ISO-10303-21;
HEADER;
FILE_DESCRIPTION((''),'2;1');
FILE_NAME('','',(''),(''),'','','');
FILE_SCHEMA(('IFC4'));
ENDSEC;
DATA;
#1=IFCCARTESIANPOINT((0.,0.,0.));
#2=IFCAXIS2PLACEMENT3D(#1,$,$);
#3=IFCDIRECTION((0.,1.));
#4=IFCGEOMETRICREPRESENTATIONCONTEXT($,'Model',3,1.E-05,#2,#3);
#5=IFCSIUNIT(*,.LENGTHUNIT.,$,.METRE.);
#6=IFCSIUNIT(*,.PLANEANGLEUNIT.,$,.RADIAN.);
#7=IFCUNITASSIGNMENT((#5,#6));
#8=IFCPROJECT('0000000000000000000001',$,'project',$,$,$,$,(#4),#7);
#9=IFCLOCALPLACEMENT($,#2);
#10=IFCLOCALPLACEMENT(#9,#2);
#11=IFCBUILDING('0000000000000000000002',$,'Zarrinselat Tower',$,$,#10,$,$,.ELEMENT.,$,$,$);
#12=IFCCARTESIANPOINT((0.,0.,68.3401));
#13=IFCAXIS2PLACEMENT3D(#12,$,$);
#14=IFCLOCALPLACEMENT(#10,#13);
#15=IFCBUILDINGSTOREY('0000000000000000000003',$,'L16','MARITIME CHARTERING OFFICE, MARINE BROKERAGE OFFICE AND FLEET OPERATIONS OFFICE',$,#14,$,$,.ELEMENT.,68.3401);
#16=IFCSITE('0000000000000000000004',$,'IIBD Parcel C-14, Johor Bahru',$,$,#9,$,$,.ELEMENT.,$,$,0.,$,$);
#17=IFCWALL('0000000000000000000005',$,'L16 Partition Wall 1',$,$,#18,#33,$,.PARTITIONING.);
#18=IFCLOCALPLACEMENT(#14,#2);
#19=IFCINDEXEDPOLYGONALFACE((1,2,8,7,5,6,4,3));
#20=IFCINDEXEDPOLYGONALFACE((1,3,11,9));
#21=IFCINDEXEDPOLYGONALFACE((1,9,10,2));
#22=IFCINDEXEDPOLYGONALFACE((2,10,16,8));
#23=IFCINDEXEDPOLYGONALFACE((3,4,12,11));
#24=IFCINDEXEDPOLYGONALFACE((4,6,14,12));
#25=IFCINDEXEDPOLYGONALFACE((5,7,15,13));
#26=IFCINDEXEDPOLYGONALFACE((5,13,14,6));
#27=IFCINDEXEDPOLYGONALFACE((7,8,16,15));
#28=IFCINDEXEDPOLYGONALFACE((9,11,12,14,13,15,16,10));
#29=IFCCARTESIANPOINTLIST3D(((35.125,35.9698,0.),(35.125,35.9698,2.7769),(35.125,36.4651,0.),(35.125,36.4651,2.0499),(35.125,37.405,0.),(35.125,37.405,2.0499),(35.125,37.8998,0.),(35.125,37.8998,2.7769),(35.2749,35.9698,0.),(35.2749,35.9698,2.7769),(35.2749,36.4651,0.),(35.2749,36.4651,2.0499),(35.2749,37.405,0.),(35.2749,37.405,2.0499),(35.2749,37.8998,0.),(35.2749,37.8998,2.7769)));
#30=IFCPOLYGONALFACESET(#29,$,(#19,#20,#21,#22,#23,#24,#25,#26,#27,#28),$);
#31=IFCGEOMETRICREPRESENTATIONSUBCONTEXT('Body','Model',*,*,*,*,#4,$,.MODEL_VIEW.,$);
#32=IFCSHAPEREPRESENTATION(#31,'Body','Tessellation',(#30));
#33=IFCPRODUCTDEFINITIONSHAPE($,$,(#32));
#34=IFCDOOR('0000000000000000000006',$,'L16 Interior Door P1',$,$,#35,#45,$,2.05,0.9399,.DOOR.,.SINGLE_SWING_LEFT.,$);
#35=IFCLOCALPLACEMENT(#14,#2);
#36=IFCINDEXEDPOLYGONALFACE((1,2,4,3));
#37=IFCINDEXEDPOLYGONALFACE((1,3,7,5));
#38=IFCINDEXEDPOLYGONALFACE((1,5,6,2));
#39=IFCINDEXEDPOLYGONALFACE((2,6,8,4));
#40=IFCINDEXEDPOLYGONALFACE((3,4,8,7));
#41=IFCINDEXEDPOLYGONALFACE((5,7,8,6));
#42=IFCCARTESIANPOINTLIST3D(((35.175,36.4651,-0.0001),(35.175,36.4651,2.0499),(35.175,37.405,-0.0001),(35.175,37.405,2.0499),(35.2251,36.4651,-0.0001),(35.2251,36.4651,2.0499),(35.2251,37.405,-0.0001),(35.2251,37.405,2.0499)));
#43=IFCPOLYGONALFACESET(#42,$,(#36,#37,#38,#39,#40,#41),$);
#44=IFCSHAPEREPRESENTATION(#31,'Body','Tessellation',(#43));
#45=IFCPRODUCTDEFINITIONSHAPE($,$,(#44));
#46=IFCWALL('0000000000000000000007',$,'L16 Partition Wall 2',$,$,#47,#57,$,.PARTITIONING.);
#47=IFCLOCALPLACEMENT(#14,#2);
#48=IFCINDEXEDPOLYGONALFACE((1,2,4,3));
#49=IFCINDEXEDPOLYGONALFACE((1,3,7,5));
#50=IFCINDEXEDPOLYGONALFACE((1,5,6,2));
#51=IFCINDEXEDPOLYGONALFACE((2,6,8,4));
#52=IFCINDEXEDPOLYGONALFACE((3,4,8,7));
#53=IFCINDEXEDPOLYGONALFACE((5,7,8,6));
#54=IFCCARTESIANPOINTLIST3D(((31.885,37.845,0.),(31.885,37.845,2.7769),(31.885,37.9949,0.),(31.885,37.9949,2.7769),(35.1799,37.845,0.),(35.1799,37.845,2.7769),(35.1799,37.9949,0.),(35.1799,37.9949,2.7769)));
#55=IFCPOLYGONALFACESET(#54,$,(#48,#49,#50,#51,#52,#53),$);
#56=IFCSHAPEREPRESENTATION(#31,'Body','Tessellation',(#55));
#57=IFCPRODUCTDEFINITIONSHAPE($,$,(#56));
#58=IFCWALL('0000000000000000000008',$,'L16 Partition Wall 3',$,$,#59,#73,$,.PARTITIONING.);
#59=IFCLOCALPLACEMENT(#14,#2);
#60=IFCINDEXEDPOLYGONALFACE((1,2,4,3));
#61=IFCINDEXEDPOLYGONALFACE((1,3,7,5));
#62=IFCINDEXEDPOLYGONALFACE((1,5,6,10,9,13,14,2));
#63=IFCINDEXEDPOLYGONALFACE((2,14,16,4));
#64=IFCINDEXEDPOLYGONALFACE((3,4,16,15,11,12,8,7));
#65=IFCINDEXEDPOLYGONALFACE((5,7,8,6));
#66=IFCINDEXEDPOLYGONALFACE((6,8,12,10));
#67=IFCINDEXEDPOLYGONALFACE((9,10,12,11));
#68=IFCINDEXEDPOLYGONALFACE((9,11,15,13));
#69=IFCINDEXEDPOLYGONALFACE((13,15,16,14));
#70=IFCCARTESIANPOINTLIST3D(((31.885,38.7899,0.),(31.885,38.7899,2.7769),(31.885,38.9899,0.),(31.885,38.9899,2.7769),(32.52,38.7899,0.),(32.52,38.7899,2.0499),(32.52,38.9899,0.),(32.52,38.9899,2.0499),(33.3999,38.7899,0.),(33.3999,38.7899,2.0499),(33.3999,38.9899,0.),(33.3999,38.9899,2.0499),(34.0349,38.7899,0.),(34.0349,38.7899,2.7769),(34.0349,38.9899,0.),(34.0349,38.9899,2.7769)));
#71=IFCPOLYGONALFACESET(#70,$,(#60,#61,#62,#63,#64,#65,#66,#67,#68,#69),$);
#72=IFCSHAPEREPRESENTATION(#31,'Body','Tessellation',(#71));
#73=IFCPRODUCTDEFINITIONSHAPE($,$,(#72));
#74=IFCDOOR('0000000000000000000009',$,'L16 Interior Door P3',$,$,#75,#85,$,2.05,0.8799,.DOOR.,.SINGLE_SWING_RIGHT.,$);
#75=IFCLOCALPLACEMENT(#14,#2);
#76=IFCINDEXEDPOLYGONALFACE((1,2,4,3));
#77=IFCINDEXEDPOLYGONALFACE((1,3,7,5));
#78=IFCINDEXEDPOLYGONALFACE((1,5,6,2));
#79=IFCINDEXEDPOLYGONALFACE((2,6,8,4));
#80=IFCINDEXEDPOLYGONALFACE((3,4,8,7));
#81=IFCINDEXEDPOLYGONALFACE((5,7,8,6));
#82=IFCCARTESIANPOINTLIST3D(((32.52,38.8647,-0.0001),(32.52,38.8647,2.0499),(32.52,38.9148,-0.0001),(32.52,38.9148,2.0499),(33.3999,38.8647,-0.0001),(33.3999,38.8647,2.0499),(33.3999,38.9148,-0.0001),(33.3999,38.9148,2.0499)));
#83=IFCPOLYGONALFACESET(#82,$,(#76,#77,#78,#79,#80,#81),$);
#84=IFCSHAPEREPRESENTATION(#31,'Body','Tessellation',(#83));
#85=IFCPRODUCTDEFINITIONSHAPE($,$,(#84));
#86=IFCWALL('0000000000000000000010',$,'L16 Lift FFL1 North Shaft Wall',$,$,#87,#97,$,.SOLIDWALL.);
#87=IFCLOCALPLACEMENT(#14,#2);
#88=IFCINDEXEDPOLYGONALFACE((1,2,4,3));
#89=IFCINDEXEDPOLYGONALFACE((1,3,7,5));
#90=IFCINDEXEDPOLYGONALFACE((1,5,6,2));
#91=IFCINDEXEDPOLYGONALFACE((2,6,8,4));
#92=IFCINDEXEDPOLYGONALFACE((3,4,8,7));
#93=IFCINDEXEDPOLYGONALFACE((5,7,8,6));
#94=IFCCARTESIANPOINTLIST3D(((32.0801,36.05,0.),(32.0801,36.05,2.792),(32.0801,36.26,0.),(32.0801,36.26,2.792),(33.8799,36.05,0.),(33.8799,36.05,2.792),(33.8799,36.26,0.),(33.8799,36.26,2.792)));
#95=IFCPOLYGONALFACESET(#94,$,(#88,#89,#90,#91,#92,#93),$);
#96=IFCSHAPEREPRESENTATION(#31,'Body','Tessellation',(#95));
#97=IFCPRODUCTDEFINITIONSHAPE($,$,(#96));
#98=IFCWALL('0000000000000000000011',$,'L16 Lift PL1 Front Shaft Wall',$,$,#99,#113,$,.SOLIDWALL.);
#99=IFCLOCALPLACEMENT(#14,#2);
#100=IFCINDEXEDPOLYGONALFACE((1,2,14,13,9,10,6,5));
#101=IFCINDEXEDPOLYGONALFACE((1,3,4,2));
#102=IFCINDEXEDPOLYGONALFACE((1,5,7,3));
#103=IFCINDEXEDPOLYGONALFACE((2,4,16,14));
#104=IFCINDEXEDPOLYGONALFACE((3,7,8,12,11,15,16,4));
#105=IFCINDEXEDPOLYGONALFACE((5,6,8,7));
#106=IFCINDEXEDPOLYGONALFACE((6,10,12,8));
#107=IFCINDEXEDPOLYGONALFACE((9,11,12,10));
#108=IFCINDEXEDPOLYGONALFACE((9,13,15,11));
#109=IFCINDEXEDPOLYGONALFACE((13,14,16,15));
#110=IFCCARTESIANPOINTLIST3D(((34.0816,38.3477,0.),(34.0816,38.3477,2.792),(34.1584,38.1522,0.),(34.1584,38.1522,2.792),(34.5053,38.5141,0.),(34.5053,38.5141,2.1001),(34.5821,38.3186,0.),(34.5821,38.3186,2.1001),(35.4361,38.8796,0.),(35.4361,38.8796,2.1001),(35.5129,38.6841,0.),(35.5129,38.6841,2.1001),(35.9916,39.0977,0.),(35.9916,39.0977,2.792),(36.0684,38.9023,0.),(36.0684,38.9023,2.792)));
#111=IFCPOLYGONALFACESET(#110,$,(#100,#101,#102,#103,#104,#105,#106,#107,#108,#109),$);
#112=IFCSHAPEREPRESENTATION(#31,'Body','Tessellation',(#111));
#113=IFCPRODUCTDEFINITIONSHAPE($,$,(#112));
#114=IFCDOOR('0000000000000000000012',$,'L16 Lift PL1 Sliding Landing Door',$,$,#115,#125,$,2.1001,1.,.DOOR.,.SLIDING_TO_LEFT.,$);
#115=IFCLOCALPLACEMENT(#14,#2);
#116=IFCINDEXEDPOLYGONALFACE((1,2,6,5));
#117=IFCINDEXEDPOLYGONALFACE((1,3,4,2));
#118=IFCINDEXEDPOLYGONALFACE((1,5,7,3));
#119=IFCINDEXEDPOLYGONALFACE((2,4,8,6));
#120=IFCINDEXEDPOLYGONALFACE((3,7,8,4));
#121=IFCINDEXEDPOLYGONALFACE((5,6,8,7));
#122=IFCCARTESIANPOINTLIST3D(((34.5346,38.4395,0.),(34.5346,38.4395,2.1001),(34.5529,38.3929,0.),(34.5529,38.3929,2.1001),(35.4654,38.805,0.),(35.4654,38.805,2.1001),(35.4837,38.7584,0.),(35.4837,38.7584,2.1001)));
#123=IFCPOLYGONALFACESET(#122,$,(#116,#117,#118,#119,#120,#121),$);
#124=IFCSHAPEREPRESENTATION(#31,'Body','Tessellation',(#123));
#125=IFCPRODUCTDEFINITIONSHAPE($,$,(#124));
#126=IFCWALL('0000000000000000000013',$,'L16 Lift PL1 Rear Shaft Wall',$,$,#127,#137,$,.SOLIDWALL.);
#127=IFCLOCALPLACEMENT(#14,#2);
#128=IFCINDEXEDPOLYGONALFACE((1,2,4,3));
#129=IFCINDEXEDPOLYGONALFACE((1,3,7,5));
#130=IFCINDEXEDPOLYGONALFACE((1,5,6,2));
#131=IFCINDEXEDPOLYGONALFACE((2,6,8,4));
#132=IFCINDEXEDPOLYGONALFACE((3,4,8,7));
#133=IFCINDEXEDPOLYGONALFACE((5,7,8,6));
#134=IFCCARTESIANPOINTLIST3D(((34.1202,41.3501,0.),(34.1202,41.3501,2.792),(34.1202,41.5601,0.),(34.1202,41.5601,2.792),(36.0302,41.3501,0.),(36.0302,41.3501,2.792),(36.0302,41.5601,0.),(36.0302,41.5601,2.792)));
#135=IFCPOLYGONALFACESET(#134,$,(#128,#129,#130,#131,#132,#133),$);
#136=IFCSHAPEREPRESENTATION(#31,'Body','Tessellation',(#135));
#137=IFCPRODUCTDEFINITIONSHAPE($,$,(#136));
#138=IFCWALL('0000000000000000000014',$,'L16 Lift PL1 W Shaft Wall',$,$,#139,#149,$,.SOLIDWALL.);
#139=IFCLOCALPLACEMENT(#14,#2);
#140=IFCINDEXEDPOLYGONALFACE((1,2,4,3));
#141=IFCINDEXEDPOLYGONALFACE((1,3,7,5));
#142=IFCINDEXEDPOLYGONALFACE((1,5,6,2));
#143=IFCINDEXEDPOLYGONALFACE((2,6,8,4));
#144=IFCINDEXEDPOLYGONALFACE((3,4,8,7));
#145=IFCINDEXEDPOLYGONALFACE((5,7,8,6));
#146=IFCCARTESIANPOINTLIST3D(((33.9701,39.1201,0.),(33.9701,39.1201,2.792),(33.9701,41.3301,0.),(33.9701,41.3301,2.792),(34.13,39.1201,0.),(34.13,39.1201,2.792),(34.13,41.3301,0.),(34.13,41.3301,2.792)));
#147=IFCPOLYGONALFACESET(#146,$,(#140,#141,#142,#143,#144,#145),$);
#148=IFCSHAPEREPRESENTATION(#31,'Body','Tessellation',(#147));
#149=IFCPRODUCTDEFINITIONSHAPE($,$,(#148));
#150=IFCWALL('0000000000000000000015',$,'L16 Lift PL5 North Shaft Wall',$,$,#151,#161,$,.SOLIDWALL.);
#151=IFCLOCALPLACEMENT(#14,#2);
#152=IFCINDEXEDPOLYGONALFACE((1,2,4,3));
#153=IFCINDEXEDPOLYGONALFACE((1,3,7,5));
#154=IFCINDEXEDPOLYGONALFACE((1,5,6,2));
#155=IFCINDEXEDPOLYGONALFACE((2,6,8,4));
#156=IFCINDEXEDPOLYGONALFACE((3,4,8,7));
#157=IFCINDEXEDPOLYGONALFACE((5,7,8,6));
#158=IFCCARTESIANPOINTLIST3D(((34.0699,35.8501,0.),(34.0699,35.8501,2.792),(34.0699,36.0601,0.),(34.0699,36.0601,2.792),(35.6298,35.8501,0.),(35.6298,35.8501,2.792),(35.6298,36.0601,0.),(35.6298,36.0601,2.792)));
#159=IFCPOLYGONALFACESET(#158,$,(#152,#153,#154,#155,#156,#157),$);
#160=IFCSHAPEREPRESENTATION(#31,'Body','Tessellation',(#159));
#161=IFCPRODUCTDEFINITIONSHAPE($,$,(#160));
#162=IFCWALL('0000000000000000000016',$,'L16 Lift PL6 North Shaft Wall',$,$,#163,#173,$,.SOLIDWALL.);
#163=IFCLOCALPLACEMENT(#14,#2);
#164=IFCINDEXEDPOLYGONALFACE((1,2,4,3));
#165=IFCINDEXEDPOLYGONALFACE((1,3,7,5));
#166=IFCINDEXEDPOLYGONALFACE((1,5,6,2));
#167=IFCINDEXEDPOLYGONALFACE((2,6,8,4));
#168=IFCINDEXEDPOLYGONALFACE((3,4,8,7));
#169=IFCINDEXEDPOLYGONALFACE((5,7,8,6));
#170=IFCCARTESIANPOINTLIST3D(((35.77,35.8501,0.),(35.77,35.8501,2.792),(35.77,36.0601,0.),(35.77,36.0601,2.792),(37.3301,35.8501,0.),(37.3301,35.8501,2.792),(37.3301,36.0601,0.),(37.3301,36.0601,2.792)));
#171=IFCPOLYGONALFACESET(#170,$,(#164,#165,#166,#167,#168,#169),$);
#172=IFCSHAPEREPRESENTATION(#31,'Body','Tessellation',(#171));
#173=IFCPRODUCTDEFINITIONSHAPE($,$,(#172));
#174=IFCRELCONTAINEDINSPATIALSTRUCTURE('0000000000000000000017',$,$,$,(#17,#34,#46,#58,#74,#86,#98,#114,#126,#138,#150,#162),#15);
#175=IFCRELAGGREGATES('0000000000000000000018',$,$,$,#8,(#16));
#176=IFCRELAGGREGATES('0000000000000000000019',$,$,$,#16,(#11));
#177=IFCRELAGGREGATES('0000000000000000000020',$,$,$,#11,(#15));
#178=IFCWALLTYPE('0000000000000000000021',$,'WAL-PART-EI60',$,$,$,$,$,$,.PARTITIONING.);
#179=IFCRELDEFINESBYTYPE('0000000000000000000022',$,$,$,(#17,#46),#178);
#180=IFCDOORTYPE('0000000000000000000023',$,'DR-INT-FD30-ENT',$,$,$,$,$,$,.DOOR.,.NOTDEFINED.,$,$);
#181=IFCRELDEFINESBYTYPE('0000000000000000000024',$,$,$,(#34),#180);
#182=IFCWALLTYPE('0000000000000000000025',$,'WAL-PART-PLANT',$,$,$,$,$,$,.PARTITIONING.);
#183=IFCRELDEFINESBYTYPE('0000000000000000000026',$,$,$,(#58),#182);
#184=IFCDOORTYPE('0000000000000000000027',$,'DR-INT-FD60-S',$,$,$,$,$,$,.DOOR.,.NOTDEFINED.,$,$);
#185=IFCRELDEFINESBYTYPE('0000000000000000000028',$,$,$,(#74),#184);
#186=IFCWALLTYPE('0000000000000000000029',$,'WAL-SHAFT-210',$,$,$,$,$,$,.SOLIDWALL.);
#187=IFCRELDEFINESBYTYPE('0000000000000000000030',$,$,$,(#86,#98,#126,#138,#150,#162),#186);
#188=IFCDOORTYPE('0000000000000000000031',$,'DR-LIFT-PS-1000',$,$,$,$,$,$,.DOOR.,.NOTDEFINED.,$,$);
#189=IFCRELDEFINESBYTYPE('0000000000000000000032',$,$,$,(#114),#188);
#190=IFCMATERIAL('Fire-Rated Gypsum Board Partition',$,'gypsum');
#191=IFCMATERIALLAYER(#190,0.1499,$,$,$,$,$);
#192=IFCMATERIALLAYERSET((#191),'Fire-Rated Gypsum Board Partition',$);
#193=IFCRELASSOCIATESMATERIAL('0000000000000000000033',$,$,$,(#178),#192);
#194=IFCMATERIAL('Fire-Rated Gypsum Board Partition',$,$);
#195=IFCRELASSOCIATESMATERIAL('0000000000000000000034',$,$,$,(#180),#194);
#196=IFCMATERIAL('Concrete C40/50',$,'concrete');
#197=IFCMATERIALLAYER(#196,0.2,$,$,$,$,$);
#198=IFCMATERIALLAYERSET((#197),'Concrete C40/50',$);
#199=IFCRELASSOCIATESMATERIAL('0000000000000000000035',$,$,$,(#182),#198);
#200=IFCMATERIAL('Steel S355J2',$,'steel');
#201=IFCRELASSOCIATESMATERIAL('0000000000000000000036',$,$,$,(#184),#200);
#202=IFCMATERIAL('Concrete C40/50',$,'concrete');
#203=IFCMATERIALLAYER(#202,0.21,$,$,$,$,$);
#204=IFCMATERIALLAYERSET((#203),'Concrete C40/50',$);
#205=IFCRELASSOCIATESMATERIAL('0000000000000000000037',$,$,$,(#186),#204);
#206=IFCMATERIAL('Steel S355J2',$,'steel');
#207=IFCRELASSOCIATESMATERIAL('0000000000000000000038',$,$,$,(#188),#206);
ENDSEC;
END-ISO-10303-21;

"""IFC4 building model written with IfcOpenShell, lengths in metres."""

from ifc_helpers import new_model, si_unit, direction, frame, frame_2d, origin, place, context, subcontext, project, spatial, rectangle, extrude, material, layer, layer_set, type_object, element, fill, save


model = new_model("IFC4")

# Units and contexts
model_context = context("Model", 3, precision=1e-05, world=origin(), true_north=direction((0.0, 1.0)))
body_context = subcontext(model_context, "Body", "Model", "MODEL_VIEW")
ifc_project = project(units=[si_unit("LENGTHUNIT", "METRE"), si_unit("PLANEANGLEUNIT", "RADIAN")], contexts=[model_context])

# Site, building, storey
site_placement = place(None, origin())
site = spatial("IfcSite", under=ifc_project, at=site_placement, Name="IIBD Parcel C-14, Johor Bahru", CompositionType="ELEMENT", RefElevation=0.0)
building_placement = place(site_placement, origin())
building = spatial("IfcBuilding", under=site, at=building_placement, Name="Zarrinselat Tower", CompositionType="ELEMENT")
storey_placement = place(building_placement, frame((0.0, 0.0, 68.3401)))
storey = spatial("IfcBuildingStorey", under=building, at=storey_placement, Name="L16", Description="MARITIME CHARTERING OFFICE, MARINE BROKERAGE OFFICE AND FLEET OPERATIONS OFFICE", CompositionType="ELEMENT", Elevation=68.3401)

# Wall, opening, door
ifc_material_1 = material(Name="Fire-Rated Gypsum Board Partition", Category="gypsum")
ifc_layer_1 = layer(ifc_material_1, 0.1499)
ifc_layer_set_1 = layer_set([ifc_layer_1], Name="Fire-Rated Gypsum Board Partition")
wall_type_1 = type_object("IfcWallType", Name="WAL-PART-EI60", PredefinedType="PARTITIONING", material=ifc_layer_set_1)
wall_1_placement = place(storey_placement, frame((35.2, 35.97, 0.0), z_axis=(0.0, 0.0, 1.0), x_axis=(0.0, 1.0, 0.0)))
wall_1 = element("IfcWall", 1, at=wall_1_placement, inside=storey, type_object=wall_type_1, Name="L16 Partition Wall 1", PredefinedType="PARTITIONING", context=body_context, shape_type="SweptSolid", body=[
    extrude(rectangle(XDim=1.9299, YDim=0.1499, at=frame_2d((0.9648, 0.0))), origin(), (0.0, 0.0, 1.0), 2.7769),
])
opening_1_placement = place(wall_1_placement, frame((0.4951, 0.0, 0.0)))
opening_1 = element("IfcOpeningElement", 2, at=opening_1_placement, cuts=wall_1, PredefinedType="OPENING", context=body_context, shape_type="SweptSolid", body=[
    extrude(rectangle(XDim=0.9399, YDim=2.05, at=frame_2d((0.47, 1.0249))), frame((0.0, 0.085, 0.0), z_axis=(0.0, -1.0, 0.0), x_axis=(1.0, 0.0, 0.0)), (0.0, 0.0, 1.0), 0.1699),
])
ifc_material_2 = material(Name="Fire-Rated Gypsum Board Partition")
door_type_1 = type_object("IfcDoorType", Name="DR-INT-FD30-ENT", OperationType="NOTDEFINED", PredefinedType="DOOR", material=ifc_material_2)
door_1_placement = place(opening_1_placement, origin())
door_1 = element("IfcDoor", 3, at=door_1_placement, inside=storey, type_object=door_type_1, Name="L16 Interior Door P1", OperationType="SINGLE_SWING_LEFT", OverallHeight=2.05, OverallWidth=0.9399, PredefinedType="DOOR", context=body_context, shape_type="SweptSolid", body=[
    extrude(rectangle(XDim=0.9399, YDim=2.05, at=frame_2d((0.47, 1.0249))), frame((0.0, 0.0249, 0.0), z_axis=(0.0, -1.0, 0.0), x_axis=(1.0, 0.0, 0.0)), (0.0, 0.0, 1.0), 0.05),
])
fill(opening_1, door_1)

# Wall
wall_2_placement = place(storey_placement, frame((31.885, 37.9199, 0.0), z_axis=(0.0, 0.0, 1.0), x_axis=(1.0, 0.0, 0.0)))
element("IfcWall", 4, at=wall_2_placement, inside=storey, type_object=wall_type_1, Name="L16 Partition Wall 2", PredefinedType="PARTITIONING", context=body_context, shape_type="SweptSolid", body=[
    extrude(rectangle(XDim=3.2949, YDim=0.1499, at=frame_2d((1.6475, 0.0))), origin(), (0.0, 0.0, 1.0), 2.7769),
])

# Wall, opening, door
ifc_material_3 = material(Name="Concrete C40/50", Category="concrete")
ifc_layer_2 = layer(ifc_material_3, 0.2)
ifc_layer_set_2 = layer_set([ifc_layer_2], Name="Concrete C40/50")
wall_type_2 = type_object("IfcWallType", Name="WAL-PART-PLANT", PredefinedType="PARTITIONING", material=ifc_layer_set_2)
wall_3_placement = place(storey_placement, frame((31.885, 38.8899, 0.0), z_axis=(0.0, 0.0, 1.0), x_axis=(1.0, 0.0, 0.0)))
wall_3 = element("IfcWall", 5, at=wall_3_placement, inside=storey, type_object=wall_type_2, Name="L16 Partition Wall 3", PredefinedType="PARTITIONING", context=body_context, shape_type="SweptSolid", body=[
    extrude(rectangle(XDim=2.1499, YDim=0.2, at=frame_2d((1.075, 0.0))), origin(), (0.0, 0.0, 1.0), 2.7769),
])
opening_2_placement = place(wall_3_placement, frame((0.635, 0.0, 0.0)))
opening_2 = element("IfcOpeningElement", 6, at=opening_2_placement, cuts=wall_3, PredefinedType="OPENING", context=body_context, shape_type="SweptSolid", body=[
    extrude(rectangle(XDim=0.8799, YDim=2.05, at=frame_2d((0.4399, 1.0249))), frame((0.0, 0.1099, 0.0), z_axis=(0.0, -1.0, 0.0), x_axis=(1.0, 0.0, 0.0)), (0.0, 0.0, 1.0), 0.22),
])
ifc_material_4 = material(Name="Steel S355J2", Category="steel")
door_type_2 = type_object("IfcDoorType", Name="DR-INT-FD60-S", OperationType="NOTDEFINED", PredefinedType="DOOR", material=ifc_material_4)
door_2_placement = place(opening_2_placement, origin())
door_2 = element("IfcDoor", 7, at=door_2_placement, inside=storey, type_object=door_type_2, Name="L16 Interior Door P3", OperationType="SINGLE_SWING_RIGHT", OverallHeight=2.05, OverallWidth=0.8799, PredefinedType="DOOR", context=body_context, shape_type="SweptSolid", body=[
    extrude(rectangle(XDim=0.8799, YDim=2.05, at=frame_2d((0.4399, 1.0249))), frame((0.0, 0.0249, 0.0), z_axis=(0.0, -1.0, 0.0), x_axis=(1.0, 0.0, 0.0)), (0.0, 0.0, 1.0), 0.05),
])
fill(opening_2, door_2)

# Wall
ifc_material_5 = material(Name="Concrete C40/50", Category="concrete")
ifc_layer_3 = layer(ifc_material_5, 0.21)
ifc_layer_set_3 = layer_set([ifc_layer_3], Name="Concrete C40/50")
wall_type_3 = type_object("IfcWallType", Name="WAL-SHAFT-210", PredefinedType="SOLIDWALL", material=ifc_layer_set_3)
wall_4_placement = place(storey_placement, frame((32.0801, 36.155, 0.0), z_axis=(0.0, 0.0, 1.0), x_axis=(1.0, 0.0, 0.0)))
element("IfcWall", 8, at=wall_4_placement, inside=storey, type_object=wall_type_3, Name="L16 Lift FFL1 North Shaft Wall", PredefinedType="SOLIDWALL", context=body_context, shape_type="SweptSolid", body=[
    extrude(rectangle(XDim=1.7998, YDim=0.21, at=frame_2d((0.8999, 0.0))), origin(), (0.0, 0.0, 1.0), 2.792),
])

# Wall, opening, door
wall_5_placement = place(storey_placement, frame((34.1201, 38.25, 0.0), z_axis=(0.0, 0.0, 1.0), x_axis=(0.930805, 0.365516, 0.0)))
wall_5 = element("IfcWall", 9, at=wall_5_placement, inside=storey, type_object=wall_type_3, Name="L16 Lift PL1 Front Shaft Wall", PredefinedType="SOLIDWALL", context=body_context, shape_type="SweptSolid", body=[
    extrude(rectangle(XDim=2.052, YDim=0.21, at=frame_2d((1.0259, 0.0))), origin(), (0.0, 0.0, 1.0), 2.792),
])
opening_3_placement = place(wall_5_placement, frame((0.4551, 0.0, 0.0)))
opening_3 = element("IfcOpeningElement", 10, at=opening_3_placement, cuts=wall_5, PredefinedType="OPENING", context=body_context, shape_type="SweptSolid", body=[
    extrude(rectangle(XDim=1.0, YDim=2.1001, at=frame_2d((0.5, 1.05))), frame((0.0, 0.115, 0.0), z_axis=(0.0, -1.0, 0.0), x_axis=(1.0, 0.0, 0.0)), (0.0, 0.0, 1.0), 0.23),
])
ifc_material_6 = material(Name="Steel S355J2", Category="steel")
door_type_3 = type_object("IfcDoorType", Name="DR-LIFT-PS-1000", OperationType="NOTDEFINED", PredefinedType="DOOR", material=ifc_material_6)
door_3_placement = place(opening_3_placement, origin())
door_3 = element("IfcDoor", 11, at=door_3_placement, inside=storey, type_object=door_type_3, Name="L16 Lift PL1 Sliding Landing Door", OperationType="SLIDING_TO_LEFT", OverallHeight=2.1001, OverallWidth=1.0, PredefinedType="DOOR", context=body_context, shape_type="SweptSolid", body=[
    extrude(rectangle(XDim=1.0, YDim=2.1001, at=frame_2d((0.5, 1.05))), frame((0.0, 0.0249, 0.0), z_axis=(0.0, -1.0, 0.0), x_axis=(1.0, 0.0, 0.0)), (0.0, 0.0, 1.0), 0.05),
])
fill(opening_3, door_3)

# Walls
wall_6_placement = place(storey_placement, frame((34.1201, 41.4551, 0.0), z_axis=(0.0, 0.0, 1.0), x_axis=(1.0, 0.0, 0.0)))
element("IfcWall", 12, at=wall_6_placement, inside=storey, type_object=wall_type_3, Name="L16 Lift PL1 Rear Shaft Wall", PredefinedType="SOLIDWALL", context=body_context, shape_type="SweptSolid", body=[
    extrude(rectangle(XDim=1.9099, YDim=0.21, at=frame_2d((0.9551, 0.0))), origin(), (0.0, 0.0, 1.0), 2.792),
])
wall_7_placement = place(storey_placement, frame((34.05, 39.1201, 0.0), z_axis=(0.0, 0.0, 1.0), x_axis=(0.0, 1.0, 0.0)))
element("IfcWall", 13, at=wall_7_placement, inside=storey, type_object=wall_type_3, Name="L16 Lift PL1 W Shaft Wall", PredefinedType="SOLIDWALL", context=body_context, shape_type="SweptSolid", body=[
    extrude(rectangle(XDim=2.21, YDim=0.1599, at=frame_2d((1.105, 0.0))), origin(), (0.0, 0.0, 1.0), 2.792),
])
wall_8_placement = place(storey_placement, frame((34.0701, 35.9551, 0.0), z_axis=(0.0, 0.0, 1.0), x_axis=(1.0, 0.0, 0.0)))
element("IfcWall", 14, at=wall_8_placement, inside=storey, type_object=wall_type_3, Name="L16 Lift PL5 North Shaft Wall", PredefinedType="SOLIDWALL", context=body_context, shape_type="SweptSolid", body=[
    extrude(rectangle(XDim=1.5598, YDim=0.21, at=frame_2d((0.7798, 0.0))), origin(), (0.0, 0.0, 1.0), 2.792),
])
wall_9_placement = place(storey_placement, frame((35.77, 35.9551, 0.0), z_axis=(0.0, 0.0, 1.0), x_axis=(1.0, 0.0, 0.0)))
element("IfcWall", 15, at=wall_9_placement, inside=storey, type_object=wall_type_3, Name="L16 Lift PL6 North Shaft Wall", PredefinedType="SOLIDWALL", context=body_context, shape_type="SweptSolid", body=[
    extrude(rectangle(XDim=1.5601, YDim=0.21, at=frame_2d((0.78, 0.0))), origin(), (0.0, 0.0, 1.0), 2.792),
])

save(model, "model.ifc")
